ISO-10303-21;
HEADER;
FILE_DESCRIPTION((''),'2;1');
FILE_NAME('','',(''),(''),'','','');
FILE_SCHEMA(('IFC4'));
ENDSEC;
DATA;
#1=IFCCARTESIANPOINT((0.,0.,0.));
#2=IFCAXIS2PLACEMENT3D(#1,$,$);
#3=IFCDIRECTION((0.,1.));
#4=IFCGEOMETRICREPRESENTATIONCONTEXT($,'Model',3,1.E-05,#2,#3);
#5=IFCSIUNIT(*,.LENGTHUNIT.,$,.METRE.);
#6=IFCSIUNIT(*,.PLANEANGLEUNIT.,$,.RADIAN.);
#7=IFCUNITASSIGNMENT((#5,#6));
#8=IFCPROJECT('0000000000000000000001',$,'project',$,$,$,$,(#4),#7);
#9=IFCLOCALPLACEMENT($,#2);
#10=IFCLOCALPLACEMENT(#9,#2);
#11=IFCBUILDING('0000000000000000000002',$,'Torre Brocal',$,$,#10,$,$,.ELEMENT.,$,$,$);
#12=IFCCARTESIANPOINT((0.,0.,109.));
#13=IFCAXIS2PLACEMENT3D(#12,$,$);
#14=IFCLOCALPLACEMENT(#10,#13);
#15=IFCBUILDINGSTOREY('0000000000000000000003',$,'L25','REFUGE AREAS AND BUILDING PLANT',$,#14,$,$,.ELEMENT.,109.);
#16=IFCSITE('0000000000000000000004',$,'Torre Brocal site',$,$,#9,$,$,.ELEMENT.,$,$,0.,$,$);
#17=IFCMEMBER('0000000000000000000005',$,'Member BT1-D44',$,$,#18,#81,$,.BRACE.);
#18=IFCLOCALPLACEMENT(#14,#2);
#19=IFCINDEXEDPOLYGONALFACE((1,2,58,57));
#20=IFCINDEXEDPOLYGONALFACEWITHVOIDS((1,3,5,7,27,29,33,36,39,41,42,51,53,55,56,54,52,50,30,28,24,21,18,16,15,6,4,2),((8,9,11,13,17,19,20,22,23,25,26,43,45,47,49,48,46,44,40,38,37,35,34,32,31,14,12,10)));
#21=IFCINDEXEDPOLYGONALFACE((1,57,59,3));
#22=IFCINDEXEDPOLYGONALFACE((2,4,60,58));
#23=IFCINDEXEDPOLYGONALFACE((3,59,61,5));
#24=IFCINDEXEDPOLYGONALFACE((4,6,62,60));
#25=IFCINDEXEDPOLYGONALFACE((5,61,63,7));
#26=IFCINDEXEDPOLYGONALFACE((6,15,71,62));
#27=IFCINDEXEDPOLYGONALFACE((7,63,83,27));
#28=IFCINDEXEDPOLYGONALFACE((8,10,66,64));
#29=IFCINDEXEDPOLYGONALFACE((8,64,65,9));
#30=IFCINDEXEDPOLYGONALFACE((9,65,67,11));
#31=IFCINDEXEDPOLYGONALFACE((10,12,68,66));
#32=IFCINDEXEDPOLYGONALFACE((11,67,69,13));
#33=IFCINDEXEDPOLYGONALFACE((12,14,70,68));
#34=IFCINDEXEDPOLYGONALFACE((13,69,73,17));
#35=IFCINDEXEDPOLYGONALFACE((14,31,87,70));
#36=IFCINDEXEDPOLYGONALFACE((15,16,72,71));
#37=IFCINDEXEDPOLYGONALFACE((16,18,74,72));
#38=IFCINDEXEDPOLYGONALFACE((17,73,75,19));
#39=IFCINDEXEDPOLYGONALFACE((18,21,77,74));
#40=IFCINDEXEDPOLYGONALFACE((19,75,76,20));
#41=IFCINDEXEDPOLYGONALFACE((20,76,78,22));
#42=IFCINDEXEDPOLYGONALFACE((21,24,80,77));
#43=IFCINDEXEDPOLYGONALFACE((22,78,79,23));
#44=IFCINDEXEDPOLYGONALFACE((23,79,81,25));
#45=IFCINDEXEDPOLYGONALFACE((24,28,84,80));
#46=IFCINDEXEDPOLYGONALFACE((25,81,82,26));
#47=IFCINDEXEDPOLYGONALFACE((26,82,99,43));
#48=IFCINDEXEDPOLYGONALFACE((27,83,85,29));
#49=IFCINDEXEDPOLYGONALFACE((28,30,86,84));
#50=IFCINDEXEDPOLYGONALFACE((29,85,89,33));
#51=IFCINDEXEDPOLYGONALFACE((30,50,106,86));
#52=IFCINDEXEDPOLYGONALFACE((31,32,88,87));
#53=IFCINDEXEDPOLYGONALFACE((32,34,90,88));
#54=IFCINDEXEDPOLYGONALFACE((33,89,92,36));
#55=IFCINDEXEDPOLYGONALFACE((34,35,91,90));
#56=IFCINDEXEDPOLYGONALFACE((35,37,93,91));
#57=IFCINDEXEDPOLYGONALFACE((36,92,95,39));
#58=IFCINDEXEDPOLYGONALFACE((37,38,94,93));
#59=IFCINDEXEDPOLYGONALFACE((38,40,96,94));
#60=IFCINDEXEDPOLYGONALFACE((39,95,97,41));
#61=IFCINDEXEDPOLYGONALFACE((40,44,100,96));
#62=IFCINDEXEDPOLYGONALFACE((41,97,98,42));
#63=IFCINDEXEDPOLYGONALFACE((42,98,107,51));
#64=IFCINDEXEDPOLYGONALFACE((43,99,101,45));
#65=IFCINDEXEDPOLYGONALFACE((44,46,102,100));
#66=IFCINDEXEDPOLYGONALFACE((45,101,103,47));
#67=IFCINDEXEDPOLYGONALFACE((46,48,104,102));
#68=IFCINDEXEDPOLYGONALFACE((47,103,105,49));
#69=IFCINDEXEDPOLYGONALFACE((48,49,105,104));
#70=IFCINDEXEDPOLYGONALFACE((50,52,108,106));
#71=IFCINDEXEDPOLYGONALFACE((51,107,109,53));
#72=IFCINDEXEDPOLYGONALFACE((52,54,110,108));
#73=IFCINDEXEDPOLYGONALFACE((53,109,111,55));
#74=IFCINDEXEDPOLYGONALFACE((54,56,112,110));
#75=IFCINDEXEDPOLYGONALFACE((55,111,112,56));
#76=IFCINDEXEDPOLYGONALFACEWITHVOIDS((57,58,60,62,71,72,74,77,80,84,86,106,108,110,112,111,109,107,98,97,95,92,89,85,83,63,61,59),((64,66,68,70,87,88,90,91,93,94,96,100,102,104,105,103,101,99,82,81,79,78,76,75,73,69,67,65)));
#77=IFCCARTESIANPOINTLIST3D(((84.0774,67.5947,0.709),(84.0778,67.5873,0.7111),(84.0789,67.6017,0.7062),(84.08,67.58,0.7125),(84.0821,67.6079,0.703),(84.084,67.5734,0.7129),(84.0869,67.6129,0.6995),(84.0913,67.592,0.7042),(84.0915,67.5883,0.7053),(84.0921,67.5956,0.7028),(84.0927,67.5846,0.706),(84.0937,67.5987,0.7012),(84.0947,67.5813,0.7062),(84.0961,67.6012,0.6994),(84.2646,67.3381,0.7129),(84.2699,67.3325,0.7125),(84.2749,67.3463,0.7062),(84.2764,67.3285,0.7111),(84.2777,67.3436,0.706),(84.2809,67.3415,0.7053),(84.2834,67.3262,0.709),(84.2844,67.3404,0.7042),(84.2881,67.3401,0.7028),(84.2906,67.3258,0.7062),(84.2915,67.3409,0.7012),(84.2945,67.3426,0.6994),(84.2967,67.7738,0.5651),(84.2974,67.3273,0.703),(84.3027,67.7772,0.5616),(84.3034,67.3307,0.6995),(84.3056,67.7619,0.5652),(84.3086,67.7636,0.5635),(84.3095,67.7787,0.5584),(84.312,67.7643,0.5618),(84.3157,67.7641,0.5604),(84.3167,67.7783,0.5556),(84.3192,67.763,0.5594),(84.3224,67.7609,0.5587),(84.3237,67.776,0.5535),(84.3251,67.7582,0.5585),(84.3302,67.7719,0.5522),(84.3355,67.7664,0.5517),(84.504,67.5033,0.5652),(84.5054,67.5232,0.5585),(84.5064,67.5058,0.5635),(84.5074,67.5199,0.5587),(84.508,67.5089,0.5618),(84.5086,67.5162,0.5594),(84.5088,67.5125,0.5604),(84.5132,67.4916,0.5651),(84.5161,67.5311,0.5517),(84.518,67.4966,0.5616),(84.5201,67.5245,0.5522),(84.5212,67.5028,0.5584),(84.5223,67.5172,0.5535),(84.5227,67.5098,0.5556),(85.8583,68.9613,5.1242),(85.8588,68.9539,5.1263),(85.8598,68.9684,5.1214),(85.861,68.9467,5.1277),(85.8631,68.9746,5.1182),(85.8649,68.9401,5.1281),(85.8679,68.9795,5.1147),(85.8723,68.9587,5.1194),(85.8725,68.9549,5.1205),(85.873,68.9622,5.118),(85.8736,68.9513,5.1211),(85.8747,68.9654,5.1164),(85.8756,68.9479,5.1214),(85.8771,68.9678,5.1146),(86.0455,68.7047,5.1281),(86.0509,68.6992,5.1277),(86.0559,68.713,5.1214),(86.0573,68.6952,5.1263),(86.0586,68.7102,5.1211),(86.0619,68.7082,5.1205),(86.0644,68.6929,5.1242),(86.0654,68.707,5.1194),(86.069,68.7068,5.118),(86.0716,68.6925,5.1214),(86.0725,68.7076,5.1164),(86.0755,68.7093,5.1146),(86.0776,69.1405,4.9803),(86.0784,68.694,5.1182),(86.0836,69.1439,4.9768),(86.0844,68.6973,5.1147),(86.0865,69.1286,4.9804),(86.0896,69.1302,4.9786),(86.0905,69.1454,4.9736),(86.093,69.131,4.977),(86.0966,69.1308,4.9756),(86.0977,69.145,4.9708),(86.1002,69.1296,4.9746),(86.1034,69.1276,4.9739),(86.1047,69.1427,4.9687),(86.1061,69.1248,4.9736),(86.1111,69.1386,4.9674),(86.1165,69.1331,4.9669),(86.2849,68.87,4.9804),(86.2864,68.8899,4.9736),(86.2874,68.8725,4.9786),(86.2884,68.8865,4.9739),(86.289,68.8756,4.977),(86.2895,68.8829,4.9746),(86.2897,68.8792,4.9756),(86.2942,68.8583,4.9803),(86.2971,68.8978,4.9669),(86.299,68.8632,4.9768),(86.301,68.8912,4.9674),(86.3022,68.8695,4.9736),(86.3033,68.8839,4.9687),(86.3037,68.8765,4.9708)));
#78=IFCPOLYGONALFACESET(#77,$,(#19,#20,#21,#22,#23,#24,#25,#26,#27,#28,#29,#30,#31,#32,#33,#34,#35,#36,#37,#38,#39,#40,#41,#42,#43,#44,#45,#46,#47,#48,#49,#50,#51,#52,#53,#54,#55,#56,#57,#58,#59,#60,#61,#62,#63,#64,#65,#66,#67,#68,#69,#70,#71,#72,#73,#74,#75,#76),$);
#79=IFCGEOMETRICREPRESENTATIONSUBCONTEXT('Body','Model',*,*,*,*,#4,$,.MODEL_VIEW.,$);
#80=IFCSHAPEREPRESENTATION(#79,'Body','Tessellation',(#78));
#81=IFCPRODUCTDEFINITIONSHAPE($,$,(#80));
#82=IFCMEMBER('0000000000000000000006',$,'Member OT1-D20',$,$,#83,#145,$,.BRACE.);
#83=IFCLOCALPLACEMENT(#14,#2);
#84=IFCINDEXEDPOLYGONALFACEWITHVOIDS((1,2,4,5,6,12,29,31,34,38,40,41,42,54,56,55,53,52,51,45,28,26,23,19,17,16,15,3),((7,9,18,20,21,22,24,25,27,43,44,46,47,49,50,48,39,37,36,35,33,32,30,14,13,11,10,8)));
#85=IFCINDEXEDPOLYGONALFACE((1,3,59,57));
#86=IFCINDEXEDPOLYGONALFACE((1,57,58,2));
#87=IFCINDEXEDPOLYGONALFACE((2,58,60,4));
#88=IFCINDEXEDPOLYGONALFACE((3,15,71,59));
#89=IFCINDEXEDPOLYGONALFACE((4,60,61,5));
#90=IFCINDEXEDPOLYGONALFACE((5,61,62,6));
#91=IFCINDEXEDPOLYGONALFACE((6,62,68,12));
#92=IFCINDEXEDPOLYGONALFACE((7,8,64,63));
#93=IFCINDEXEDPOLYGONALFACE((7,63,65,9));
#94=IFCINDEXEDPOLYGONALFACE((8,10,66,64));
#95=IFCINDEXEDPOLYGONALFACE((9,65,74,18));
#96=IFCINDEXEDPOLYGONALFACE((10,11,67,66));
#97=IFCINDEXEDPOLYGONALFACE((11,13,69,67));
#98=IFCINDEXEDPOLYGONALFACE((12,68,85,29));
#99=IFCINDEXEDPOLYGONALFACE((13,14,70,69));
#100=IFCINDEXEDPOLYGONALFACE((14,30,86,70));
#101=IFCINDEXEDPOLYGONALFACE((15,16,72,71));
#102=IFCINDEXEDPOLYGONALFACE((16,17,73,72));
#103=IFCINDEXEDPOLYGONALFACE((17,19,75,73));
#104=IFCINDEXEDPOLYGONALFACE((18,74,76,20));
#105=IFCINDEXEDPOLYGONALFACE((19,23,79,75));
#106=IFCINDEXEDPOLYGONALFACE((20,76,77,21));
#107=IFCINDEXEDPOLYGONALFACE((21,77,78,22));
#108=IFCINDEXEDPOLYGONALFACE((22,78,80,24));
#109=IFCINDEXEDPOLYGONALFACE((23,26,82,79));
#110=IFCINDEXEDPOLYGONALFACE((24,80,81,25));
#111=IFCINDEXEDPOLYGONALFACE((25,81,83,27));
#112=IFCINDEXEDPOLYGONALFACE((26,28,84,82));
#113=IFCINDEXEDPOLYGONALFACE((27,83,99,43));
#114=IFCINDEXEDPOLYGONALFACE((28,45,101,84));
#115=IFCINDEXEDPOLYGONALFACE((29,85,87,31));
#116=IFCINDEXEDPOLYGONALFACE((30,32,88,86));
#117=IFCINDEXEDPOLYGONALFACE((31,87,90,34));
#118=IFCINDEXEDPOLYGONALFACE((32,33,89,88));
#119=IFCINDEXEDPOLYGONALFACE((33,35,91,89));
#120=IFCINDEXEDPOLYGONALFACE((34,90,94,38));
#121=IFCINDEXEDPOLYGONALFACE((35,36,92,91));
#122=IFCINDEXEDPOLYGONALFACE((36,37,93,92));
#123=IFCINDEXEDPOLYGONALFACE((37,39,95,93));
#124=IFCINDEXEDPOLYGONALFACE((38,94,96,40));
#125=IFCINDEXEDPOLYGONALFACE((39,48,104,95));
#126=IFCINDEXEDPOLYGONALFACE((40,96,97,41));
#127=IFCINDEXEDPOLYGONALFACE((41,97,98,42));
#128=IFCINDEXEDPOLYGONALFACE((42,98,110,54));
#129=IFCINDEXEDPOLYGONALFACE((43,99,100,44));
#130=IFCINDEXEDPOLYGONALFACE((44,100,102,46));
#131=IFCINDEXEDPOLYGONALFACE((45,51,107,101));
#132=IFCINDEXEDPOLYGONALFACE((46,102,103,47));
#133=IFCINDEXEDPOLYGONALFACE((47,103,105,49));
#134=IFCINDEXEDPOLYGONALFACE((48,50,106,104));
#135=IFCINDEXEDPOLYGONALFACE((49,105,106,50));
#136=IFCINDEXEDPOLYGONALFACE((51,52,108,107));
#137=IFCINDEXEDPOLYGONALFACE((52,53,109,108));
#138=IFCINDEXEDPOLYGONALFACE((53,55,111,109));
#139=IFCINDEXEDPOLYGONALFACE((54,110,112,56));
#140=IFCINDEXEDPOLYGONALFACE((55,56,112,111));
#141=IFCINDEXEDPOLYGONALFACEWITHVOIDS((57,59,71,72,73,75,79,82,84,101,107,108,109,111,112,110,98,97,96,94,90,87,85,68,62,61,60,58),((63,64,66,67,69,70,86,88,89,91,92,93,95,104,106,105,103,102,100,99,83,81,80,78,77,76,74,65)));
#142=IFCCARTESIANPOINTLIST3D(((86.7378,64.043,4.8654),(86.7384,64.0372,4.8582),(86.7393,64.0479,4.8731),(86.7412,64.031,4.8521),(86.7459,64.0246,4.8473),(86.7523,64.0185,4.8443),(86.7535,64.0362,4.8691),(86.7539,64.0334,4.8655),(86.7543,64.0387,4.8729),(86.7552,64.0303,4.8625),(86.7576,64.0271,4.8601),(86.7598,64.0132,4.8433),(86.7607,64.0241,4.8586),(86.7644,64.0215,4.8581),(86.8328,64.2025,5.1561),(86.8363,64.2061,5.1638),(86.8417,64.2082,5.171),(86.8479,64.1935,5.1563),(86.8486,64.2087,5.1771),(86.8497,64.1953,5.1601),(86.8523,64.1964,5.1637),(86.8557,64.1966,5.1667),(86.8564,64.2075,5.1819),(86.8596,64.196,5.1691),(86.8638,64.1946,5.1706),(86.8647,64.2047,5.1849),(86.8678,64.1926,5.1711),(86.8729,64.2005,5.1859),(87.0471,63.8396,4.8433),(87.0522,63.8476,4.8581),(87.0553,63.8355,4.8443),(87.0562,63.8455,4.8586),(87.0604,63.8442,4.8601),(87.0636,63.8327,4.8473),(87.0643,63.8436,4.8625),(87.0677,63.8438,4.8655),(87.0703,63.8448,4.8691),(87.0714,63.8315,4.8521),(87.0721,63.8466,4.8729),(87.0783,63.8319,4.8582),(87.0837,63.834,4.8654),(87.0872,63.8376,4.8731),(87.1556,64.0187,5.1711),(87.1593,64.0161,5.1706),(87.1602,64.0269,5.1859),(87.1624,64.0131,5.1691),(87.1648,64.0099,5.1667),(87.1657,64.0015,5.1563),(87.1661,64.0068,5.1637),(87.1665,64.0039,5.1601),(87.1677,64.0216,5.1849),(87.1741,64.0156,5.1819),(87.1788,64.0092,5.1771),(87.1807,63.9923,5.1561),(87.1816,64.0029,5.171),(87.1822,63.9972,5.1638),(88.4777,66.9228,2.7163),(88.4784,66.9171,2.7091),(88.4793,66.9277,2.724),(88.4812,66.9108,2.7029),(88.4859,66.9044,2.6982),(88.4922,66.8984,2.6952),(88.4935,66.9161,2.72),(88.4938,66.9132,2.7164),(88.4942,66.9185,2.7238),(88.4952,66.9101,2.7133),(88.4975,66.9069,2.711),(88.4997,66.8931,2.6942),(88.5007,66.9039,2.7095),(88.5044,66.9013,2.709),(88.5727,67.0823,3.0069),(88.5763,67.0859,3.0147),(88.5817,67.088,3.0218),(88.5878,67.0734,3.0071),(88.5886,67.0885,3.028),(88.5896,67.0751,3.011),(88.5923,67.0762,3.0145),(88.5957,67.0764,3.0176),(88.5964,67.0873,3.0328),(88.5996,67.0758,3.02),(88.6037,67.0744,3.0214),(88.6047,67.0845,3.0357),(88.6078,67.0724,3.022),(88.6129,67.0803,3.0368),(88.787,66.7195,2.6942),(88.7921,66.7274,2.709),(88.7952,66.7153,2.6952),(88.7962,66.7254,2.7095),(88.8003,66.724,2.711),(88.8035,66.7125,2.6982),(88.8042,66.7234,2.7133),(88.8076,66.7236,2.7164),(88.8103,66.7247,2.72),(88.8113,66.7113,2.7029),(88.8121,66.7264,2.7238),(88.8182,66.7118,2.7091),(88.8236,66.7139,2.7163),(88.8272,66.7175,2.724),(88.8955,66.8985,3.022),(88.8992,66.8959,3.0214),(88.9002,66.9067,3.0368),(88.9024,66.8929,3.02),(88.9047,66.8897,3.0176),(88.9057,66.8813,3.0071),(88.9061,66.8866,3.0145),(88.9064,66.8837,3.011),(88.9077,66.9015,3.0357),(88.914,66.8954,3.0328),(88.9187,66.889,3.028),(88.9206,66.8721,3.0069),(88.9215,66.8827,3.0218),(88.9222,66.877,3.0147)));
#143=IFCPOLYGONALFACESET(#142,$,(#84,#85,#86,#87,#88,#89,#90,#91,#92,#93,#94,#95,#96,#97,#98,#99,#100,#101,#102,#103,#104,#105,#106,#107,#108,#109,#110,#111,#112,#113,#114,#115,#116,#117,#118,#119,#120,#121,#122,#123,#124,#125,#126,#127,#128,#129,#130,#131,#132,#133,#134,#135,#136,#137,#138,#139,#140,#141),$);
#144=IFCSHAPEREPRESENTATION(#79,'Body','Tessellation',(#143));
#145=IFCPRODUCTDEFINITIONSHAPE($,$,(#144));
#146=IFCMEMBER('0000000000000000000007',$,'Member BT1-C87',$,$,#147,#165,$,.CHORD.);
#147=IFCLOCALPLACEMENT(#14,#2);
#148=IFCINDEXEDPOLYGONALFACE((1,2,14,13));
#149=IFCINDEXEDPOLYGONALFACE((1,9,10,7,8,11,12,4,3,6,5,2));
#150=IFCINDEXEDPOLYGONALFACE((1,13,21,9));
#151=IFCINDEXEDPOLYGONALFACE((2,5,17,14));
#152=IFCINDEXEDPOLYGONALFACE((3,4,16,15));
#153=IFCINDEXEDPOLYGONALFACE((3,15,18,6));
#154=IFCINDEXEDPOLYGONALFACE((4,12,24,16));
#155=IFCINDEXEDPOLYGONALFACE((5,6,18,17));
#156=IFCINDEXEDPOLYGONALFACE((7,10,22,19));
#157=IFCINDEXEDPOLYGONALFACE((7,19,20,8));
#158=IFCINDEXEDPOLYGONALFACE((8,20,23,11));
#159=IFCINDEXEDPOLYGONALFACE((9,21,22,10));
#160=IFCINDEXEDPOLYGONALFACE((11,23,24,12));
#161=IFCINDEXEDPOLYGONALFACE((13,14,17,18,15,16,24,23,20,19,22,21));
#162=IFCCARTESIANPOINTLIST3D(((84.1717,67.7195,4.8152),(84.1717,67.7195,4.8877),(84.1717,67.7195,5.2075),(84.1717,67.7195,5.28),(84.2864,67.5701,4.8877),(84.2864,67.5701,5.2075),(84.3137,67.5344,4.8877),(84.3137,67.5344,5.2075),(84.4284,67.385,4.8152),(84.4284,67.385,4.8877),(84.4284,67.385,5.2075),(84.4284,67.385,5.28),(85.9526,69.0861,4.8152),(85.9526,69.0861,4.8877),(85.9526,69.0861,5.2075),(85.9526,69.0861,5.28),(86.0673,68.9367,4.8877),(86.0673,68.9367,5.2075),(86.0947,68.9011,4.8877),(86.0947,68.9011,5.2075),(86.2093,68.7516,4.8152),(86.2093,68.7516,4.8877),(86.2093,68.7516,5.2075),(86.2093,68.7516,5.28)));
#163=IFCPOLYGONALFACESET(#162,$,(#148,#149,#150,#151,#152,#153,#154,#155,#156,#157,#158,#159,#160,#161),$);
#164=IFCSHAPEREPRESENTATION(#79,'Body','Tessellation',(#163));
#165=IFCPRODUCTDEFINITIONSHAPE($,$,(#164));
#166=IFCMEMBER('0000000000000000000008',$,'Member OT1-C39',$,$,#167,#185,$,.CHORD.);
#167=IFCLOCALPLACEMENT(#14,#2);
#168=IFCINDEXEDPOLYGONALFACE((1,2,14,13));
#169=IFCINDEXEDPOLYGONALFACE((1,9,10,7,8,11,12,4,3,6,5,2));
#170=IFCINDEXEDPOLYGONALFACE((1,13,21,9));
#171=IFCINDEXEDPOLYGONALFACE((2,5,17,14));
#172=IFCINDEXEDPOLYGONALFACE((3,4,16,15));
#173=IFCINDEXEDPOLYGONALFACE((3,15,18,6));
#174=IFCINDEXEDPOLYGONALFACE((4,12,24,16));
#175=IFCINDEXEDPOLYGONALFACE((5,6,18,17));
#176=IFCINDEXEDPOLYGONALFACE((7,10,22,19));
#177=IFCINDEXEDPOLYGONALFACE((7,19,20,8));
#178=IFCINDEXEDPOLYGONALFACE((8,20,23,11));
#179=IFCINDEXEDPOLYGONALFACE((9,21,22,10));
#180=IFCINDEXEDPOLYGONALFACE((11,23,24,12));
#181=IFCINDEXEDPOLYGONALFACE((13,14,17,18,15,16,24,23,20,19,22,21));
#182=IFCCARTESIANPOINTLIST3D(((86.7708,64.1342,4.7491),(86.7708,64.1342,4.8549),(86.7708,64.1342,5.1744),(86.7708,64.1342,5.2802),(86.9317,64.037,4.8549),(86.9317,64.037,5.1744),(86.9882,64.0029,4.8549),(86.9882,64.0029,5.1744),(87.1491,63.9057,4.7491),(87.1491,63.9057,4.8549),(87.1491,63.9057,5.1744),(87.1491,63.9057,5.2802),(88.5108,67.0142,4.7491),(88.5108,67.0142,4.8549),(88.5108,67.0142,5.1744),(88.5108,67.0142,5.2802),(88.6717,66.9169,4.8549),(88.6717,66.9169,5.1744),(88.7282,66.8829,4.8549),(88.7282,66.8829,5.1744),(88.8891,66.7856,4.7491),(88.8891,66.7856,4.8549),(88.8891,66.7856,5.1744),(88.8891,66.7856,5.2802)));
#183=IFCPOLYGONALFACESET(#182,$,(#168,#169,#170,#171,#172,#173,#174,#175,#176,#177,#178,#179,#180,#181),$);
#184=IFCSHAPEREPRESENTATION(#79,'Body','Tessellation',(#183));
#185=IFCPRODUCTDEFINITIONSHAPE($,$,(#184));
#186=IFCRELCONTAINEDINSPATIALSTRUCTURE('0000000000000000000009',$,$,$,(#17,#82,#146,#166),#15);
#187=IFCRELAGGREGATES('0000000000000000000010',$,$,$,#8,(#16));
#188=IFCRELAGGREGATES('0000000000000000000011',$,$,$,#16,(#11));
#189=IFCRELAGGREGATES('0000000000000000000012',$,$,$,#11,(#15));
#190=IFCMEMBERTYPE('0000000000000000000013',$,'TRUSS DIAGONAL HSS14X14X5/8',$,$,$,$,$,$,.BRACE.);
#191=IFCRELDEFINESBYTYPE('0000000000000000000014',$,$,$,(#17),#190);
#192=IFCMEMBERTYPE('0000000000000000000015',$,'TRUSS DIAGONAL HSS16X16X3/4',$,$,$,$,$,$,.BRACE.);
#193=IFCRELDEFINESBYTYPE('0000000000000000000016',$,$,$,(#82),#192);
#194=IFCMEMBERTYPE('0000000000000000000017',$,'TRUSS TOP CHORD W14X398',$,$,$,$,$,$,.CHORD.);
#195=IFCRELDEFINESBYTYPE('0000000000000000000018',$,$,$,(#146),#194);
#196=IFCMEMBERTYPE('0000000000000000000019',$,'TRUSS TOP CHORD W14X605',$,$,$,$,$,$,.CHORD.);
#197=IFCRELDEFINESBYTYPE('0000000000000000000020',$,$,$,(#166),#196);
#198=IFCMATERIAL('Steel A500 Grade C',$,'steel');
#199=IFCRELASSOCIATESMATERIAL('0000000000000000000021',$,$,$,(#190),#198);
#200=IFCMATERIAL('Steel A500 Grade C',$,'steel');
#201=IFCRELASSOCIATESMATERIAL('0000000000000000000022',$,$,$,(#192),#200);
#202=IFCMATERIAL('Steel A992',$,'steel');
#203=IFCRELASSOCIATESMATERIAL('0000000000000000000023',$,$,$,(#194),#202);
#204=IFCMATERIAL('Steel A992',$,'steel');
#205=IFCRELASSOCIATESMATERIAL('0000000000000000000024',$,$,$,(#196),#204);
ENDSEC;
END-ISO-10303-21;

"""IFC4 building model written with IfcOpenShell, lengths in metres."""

from ifc_helpers import new_model, si_unit, direction, frame, origin, origin_2d, place, context, subcontext, project, spatial, hollow_rectangle, i_section, extrude, material, material_profile, profile_set, type_object, element, save


model = new_model("IFC4")

# Units and contexts
model_context = context("Model", 3, precision=1e-05, world=origin(), true_north=direction((0.0, 1.0)))
body_context = subcontext(model_context, "Body", "Model", "MODEL_VIEW")
ifc_project = project(units=[si_unit("LENGTHUNIT", "METRE"), si_unit("PLANEANGLEUNIT", "RADIAN")], contexts=[model_context])

# Site, building, storey
site_placement = place(None, origin())
site = spatial("IfcSite", under=ifc_project, at=site_placement, Name="Torre Brocal site", CompositionType="ELEMENT", RefElevation=0.0)
building_placement = place(site_placement, origin())
building = spatial("IfcBuilding", under=site, at=building_placement, Name="Torre Brocal", CompositionType="ELEMENT")
storey_placement = place(building_placement, frame((0.0, 0.0, 109.0)))
storey = spatial("IfcBuildingStorey", under=building, at=storey_placement, Name="L25", Description="REFUGE AREAS AND BUILDING PLANT", CompositionType="ELEMENT", Elevation=109.0)

# Members
ifc_material_1 = material(Name="Steel A500 Grade C", Category="steel")
ifc_material_profile_1 = material_profile(ifc_material_1, hollow_rectangle(XDim=0.3557, YDim=0.3557, WallThickness=0.0149, InnerFilletRadius=0.0149, OuterFilletRadius=0.0295, at=origin_2d()), Name="HSS14X14X5/8")
ifc_profile_set_1 = profile_set([ifc_material_profile_1], Name="Steel A500 Grade C")
member_type_1 = type_object("IfcMemberType", Name="TRUSS DIAGONAL HSS14X14X5/8", PredefinedType="BRACE", material=ifc_profile_set_1)
member_1_placement = place(storey_placement, frame((84.3, 67.5522, 0.6323), z_axis=(0.359564, 0.27592, 0.891393), x_axis=(-0.608785, 0.793335, 0.0)))
element("IfcMember", 1, at=member_1_placement, inside=storey, type_object=member_type_1, Name="Member BT1-D44", PredefinedType="BRACE", context=body_context, shape_type="SweptSolid", body=[
    extrude(hollow_rectangle(XDim=0.3557, YDim=0.3557, WallThickness=0.0149, InnerFilletRadius=0.0149, OuterFilletRadius=0.0295, at=origin_2d()), origin(), (0.0, 0.0, 1.0), 4.9531),
])
ifc_material_2 = material(Name="Steel A500 Grade C", Category="steel")
ifc_material_profile_2 = material_profile(ifc_material_2, hollow_rectangle(XDim=0.4065, YDim=0.4065, WallThickness=0.0176, InnerFilletRadius=0.0176, OuterFilletRadius=0.0354, at=origin_2d()), Name="HSS16X16X3/4")
ifc_profile_set_2 = profile_set([ifc_material_profile_2], Name="Steel A500 Grade C")
member_type_2 = type_object("IfcMemberType", Name="TRUSS DIAGONAL HSS16X16X3/4", PredefinedType="BRACE", material=ifc_profile_set_2)
member_2_placement = place(storey_placement, frame((88.7, 66.8999, 2.8655), z_axis=(-0.435812, -0.721319, 0.538299), x_axis=(0.855908, -0.517129, 0.0)))
element("IfcMember", 2, at=member_2_placement, inside=storey, type_object=member_type_2, Name="Member OT1-D20", PredefinedType="BRACE", context=body_context, shape_type="SweptSolid", body=[
    extrude(hollow_rectangle(XDim=0.4065, YDim=0.4065, WallThickness=0.0176, InnerFilletRadius=0.0176, OuterFilletRadius=0.0354, at=origin_2d()), origin(), (0.0, 0.0, 1.0), 3.9924),
])
ifc_material_3 = material(Name="Steel A992", Category="steel")
ifc_material_profile_3 = material_profile(ifc_material_3, i_section(OverallWidth=0.4216, OverallDepth=0.4648, WebThickness=0.0449, FlangeThickness=0.0725, at=origin_2d()), Name="W14X398")
ifc_profile_set_3 = profile_set([ifc_material_profile_3], Name="Steel A992")
member_type_3 = type_object("IfcMemberType", Name="TRUSS TOP CHORD W14X398", PredefinedType="CHORD", material=ifc_profile_set_3)
member_3_placement = place(storey_placement, frame((84.3, 67.5522, 5.0476), z_axis=(0.793335, 0.608785, 0.0), x_axis=(-0.608785, 0.793335, 0.0)))
element("IfcMember", 3, at=member_3_placement, inside=storey, type_object=member_type_3, Name="Member BT1-C87", PredefinedType="CHORD", context=body_context, shape_type="SweptSolid", body=[
    extrude(i_section(OverallWidth=0.4216, OverallDepth=0.4648, WebThickness=0.0449, FlangeThickness=0.0725, at=origin_2d()), origin(), (0.0, 0.0, 1.0), 2.2449),
])
ifc_material_4 = material(Name="Steel A992", Category="steel")
ifc_material_profile_4 = material_profile(ifc_material_4, i_section(OverallWidth=0.4419, OverallDepth=0.531, WebThickness=0.0659, FlangeThickness=0.1057, at=origin_2d()), Name="W14X605")
ifc_profile_set_4 = profile_set([ifc_material_profile_4], Name="Steel A992")
member_type_4 = type_object("IfcMemberType", Name="TRUSS TOP CHORD W14X605", PredefinedType="CHORD", material=ifc_profile_set_4)
member_4_placement = place(storey_placement, frame((88.7, 66.8999, 5.0146), z_axis=(-0.517129, -0.855908, 0.0), x_axis=(0.855908, -0.517129, 0.0)))
element("IfcMember", 4, at=member_4_placement, inside=storey, type_object=member_type_4, Name="Member OT1-C39", PredefinedType="CHORD", context=body_context, shape_type="SweptSolid", body=[
    extrude(i_section(OverallWidth=0.4419, OverallDepth=0.531, WebThickness=0.0659, FlangeThickness=0.1057, at=origin_2d()), origin(), (0.0, 0.0, 1.0), 3.3647),
])

save(model, "model.ifc")
